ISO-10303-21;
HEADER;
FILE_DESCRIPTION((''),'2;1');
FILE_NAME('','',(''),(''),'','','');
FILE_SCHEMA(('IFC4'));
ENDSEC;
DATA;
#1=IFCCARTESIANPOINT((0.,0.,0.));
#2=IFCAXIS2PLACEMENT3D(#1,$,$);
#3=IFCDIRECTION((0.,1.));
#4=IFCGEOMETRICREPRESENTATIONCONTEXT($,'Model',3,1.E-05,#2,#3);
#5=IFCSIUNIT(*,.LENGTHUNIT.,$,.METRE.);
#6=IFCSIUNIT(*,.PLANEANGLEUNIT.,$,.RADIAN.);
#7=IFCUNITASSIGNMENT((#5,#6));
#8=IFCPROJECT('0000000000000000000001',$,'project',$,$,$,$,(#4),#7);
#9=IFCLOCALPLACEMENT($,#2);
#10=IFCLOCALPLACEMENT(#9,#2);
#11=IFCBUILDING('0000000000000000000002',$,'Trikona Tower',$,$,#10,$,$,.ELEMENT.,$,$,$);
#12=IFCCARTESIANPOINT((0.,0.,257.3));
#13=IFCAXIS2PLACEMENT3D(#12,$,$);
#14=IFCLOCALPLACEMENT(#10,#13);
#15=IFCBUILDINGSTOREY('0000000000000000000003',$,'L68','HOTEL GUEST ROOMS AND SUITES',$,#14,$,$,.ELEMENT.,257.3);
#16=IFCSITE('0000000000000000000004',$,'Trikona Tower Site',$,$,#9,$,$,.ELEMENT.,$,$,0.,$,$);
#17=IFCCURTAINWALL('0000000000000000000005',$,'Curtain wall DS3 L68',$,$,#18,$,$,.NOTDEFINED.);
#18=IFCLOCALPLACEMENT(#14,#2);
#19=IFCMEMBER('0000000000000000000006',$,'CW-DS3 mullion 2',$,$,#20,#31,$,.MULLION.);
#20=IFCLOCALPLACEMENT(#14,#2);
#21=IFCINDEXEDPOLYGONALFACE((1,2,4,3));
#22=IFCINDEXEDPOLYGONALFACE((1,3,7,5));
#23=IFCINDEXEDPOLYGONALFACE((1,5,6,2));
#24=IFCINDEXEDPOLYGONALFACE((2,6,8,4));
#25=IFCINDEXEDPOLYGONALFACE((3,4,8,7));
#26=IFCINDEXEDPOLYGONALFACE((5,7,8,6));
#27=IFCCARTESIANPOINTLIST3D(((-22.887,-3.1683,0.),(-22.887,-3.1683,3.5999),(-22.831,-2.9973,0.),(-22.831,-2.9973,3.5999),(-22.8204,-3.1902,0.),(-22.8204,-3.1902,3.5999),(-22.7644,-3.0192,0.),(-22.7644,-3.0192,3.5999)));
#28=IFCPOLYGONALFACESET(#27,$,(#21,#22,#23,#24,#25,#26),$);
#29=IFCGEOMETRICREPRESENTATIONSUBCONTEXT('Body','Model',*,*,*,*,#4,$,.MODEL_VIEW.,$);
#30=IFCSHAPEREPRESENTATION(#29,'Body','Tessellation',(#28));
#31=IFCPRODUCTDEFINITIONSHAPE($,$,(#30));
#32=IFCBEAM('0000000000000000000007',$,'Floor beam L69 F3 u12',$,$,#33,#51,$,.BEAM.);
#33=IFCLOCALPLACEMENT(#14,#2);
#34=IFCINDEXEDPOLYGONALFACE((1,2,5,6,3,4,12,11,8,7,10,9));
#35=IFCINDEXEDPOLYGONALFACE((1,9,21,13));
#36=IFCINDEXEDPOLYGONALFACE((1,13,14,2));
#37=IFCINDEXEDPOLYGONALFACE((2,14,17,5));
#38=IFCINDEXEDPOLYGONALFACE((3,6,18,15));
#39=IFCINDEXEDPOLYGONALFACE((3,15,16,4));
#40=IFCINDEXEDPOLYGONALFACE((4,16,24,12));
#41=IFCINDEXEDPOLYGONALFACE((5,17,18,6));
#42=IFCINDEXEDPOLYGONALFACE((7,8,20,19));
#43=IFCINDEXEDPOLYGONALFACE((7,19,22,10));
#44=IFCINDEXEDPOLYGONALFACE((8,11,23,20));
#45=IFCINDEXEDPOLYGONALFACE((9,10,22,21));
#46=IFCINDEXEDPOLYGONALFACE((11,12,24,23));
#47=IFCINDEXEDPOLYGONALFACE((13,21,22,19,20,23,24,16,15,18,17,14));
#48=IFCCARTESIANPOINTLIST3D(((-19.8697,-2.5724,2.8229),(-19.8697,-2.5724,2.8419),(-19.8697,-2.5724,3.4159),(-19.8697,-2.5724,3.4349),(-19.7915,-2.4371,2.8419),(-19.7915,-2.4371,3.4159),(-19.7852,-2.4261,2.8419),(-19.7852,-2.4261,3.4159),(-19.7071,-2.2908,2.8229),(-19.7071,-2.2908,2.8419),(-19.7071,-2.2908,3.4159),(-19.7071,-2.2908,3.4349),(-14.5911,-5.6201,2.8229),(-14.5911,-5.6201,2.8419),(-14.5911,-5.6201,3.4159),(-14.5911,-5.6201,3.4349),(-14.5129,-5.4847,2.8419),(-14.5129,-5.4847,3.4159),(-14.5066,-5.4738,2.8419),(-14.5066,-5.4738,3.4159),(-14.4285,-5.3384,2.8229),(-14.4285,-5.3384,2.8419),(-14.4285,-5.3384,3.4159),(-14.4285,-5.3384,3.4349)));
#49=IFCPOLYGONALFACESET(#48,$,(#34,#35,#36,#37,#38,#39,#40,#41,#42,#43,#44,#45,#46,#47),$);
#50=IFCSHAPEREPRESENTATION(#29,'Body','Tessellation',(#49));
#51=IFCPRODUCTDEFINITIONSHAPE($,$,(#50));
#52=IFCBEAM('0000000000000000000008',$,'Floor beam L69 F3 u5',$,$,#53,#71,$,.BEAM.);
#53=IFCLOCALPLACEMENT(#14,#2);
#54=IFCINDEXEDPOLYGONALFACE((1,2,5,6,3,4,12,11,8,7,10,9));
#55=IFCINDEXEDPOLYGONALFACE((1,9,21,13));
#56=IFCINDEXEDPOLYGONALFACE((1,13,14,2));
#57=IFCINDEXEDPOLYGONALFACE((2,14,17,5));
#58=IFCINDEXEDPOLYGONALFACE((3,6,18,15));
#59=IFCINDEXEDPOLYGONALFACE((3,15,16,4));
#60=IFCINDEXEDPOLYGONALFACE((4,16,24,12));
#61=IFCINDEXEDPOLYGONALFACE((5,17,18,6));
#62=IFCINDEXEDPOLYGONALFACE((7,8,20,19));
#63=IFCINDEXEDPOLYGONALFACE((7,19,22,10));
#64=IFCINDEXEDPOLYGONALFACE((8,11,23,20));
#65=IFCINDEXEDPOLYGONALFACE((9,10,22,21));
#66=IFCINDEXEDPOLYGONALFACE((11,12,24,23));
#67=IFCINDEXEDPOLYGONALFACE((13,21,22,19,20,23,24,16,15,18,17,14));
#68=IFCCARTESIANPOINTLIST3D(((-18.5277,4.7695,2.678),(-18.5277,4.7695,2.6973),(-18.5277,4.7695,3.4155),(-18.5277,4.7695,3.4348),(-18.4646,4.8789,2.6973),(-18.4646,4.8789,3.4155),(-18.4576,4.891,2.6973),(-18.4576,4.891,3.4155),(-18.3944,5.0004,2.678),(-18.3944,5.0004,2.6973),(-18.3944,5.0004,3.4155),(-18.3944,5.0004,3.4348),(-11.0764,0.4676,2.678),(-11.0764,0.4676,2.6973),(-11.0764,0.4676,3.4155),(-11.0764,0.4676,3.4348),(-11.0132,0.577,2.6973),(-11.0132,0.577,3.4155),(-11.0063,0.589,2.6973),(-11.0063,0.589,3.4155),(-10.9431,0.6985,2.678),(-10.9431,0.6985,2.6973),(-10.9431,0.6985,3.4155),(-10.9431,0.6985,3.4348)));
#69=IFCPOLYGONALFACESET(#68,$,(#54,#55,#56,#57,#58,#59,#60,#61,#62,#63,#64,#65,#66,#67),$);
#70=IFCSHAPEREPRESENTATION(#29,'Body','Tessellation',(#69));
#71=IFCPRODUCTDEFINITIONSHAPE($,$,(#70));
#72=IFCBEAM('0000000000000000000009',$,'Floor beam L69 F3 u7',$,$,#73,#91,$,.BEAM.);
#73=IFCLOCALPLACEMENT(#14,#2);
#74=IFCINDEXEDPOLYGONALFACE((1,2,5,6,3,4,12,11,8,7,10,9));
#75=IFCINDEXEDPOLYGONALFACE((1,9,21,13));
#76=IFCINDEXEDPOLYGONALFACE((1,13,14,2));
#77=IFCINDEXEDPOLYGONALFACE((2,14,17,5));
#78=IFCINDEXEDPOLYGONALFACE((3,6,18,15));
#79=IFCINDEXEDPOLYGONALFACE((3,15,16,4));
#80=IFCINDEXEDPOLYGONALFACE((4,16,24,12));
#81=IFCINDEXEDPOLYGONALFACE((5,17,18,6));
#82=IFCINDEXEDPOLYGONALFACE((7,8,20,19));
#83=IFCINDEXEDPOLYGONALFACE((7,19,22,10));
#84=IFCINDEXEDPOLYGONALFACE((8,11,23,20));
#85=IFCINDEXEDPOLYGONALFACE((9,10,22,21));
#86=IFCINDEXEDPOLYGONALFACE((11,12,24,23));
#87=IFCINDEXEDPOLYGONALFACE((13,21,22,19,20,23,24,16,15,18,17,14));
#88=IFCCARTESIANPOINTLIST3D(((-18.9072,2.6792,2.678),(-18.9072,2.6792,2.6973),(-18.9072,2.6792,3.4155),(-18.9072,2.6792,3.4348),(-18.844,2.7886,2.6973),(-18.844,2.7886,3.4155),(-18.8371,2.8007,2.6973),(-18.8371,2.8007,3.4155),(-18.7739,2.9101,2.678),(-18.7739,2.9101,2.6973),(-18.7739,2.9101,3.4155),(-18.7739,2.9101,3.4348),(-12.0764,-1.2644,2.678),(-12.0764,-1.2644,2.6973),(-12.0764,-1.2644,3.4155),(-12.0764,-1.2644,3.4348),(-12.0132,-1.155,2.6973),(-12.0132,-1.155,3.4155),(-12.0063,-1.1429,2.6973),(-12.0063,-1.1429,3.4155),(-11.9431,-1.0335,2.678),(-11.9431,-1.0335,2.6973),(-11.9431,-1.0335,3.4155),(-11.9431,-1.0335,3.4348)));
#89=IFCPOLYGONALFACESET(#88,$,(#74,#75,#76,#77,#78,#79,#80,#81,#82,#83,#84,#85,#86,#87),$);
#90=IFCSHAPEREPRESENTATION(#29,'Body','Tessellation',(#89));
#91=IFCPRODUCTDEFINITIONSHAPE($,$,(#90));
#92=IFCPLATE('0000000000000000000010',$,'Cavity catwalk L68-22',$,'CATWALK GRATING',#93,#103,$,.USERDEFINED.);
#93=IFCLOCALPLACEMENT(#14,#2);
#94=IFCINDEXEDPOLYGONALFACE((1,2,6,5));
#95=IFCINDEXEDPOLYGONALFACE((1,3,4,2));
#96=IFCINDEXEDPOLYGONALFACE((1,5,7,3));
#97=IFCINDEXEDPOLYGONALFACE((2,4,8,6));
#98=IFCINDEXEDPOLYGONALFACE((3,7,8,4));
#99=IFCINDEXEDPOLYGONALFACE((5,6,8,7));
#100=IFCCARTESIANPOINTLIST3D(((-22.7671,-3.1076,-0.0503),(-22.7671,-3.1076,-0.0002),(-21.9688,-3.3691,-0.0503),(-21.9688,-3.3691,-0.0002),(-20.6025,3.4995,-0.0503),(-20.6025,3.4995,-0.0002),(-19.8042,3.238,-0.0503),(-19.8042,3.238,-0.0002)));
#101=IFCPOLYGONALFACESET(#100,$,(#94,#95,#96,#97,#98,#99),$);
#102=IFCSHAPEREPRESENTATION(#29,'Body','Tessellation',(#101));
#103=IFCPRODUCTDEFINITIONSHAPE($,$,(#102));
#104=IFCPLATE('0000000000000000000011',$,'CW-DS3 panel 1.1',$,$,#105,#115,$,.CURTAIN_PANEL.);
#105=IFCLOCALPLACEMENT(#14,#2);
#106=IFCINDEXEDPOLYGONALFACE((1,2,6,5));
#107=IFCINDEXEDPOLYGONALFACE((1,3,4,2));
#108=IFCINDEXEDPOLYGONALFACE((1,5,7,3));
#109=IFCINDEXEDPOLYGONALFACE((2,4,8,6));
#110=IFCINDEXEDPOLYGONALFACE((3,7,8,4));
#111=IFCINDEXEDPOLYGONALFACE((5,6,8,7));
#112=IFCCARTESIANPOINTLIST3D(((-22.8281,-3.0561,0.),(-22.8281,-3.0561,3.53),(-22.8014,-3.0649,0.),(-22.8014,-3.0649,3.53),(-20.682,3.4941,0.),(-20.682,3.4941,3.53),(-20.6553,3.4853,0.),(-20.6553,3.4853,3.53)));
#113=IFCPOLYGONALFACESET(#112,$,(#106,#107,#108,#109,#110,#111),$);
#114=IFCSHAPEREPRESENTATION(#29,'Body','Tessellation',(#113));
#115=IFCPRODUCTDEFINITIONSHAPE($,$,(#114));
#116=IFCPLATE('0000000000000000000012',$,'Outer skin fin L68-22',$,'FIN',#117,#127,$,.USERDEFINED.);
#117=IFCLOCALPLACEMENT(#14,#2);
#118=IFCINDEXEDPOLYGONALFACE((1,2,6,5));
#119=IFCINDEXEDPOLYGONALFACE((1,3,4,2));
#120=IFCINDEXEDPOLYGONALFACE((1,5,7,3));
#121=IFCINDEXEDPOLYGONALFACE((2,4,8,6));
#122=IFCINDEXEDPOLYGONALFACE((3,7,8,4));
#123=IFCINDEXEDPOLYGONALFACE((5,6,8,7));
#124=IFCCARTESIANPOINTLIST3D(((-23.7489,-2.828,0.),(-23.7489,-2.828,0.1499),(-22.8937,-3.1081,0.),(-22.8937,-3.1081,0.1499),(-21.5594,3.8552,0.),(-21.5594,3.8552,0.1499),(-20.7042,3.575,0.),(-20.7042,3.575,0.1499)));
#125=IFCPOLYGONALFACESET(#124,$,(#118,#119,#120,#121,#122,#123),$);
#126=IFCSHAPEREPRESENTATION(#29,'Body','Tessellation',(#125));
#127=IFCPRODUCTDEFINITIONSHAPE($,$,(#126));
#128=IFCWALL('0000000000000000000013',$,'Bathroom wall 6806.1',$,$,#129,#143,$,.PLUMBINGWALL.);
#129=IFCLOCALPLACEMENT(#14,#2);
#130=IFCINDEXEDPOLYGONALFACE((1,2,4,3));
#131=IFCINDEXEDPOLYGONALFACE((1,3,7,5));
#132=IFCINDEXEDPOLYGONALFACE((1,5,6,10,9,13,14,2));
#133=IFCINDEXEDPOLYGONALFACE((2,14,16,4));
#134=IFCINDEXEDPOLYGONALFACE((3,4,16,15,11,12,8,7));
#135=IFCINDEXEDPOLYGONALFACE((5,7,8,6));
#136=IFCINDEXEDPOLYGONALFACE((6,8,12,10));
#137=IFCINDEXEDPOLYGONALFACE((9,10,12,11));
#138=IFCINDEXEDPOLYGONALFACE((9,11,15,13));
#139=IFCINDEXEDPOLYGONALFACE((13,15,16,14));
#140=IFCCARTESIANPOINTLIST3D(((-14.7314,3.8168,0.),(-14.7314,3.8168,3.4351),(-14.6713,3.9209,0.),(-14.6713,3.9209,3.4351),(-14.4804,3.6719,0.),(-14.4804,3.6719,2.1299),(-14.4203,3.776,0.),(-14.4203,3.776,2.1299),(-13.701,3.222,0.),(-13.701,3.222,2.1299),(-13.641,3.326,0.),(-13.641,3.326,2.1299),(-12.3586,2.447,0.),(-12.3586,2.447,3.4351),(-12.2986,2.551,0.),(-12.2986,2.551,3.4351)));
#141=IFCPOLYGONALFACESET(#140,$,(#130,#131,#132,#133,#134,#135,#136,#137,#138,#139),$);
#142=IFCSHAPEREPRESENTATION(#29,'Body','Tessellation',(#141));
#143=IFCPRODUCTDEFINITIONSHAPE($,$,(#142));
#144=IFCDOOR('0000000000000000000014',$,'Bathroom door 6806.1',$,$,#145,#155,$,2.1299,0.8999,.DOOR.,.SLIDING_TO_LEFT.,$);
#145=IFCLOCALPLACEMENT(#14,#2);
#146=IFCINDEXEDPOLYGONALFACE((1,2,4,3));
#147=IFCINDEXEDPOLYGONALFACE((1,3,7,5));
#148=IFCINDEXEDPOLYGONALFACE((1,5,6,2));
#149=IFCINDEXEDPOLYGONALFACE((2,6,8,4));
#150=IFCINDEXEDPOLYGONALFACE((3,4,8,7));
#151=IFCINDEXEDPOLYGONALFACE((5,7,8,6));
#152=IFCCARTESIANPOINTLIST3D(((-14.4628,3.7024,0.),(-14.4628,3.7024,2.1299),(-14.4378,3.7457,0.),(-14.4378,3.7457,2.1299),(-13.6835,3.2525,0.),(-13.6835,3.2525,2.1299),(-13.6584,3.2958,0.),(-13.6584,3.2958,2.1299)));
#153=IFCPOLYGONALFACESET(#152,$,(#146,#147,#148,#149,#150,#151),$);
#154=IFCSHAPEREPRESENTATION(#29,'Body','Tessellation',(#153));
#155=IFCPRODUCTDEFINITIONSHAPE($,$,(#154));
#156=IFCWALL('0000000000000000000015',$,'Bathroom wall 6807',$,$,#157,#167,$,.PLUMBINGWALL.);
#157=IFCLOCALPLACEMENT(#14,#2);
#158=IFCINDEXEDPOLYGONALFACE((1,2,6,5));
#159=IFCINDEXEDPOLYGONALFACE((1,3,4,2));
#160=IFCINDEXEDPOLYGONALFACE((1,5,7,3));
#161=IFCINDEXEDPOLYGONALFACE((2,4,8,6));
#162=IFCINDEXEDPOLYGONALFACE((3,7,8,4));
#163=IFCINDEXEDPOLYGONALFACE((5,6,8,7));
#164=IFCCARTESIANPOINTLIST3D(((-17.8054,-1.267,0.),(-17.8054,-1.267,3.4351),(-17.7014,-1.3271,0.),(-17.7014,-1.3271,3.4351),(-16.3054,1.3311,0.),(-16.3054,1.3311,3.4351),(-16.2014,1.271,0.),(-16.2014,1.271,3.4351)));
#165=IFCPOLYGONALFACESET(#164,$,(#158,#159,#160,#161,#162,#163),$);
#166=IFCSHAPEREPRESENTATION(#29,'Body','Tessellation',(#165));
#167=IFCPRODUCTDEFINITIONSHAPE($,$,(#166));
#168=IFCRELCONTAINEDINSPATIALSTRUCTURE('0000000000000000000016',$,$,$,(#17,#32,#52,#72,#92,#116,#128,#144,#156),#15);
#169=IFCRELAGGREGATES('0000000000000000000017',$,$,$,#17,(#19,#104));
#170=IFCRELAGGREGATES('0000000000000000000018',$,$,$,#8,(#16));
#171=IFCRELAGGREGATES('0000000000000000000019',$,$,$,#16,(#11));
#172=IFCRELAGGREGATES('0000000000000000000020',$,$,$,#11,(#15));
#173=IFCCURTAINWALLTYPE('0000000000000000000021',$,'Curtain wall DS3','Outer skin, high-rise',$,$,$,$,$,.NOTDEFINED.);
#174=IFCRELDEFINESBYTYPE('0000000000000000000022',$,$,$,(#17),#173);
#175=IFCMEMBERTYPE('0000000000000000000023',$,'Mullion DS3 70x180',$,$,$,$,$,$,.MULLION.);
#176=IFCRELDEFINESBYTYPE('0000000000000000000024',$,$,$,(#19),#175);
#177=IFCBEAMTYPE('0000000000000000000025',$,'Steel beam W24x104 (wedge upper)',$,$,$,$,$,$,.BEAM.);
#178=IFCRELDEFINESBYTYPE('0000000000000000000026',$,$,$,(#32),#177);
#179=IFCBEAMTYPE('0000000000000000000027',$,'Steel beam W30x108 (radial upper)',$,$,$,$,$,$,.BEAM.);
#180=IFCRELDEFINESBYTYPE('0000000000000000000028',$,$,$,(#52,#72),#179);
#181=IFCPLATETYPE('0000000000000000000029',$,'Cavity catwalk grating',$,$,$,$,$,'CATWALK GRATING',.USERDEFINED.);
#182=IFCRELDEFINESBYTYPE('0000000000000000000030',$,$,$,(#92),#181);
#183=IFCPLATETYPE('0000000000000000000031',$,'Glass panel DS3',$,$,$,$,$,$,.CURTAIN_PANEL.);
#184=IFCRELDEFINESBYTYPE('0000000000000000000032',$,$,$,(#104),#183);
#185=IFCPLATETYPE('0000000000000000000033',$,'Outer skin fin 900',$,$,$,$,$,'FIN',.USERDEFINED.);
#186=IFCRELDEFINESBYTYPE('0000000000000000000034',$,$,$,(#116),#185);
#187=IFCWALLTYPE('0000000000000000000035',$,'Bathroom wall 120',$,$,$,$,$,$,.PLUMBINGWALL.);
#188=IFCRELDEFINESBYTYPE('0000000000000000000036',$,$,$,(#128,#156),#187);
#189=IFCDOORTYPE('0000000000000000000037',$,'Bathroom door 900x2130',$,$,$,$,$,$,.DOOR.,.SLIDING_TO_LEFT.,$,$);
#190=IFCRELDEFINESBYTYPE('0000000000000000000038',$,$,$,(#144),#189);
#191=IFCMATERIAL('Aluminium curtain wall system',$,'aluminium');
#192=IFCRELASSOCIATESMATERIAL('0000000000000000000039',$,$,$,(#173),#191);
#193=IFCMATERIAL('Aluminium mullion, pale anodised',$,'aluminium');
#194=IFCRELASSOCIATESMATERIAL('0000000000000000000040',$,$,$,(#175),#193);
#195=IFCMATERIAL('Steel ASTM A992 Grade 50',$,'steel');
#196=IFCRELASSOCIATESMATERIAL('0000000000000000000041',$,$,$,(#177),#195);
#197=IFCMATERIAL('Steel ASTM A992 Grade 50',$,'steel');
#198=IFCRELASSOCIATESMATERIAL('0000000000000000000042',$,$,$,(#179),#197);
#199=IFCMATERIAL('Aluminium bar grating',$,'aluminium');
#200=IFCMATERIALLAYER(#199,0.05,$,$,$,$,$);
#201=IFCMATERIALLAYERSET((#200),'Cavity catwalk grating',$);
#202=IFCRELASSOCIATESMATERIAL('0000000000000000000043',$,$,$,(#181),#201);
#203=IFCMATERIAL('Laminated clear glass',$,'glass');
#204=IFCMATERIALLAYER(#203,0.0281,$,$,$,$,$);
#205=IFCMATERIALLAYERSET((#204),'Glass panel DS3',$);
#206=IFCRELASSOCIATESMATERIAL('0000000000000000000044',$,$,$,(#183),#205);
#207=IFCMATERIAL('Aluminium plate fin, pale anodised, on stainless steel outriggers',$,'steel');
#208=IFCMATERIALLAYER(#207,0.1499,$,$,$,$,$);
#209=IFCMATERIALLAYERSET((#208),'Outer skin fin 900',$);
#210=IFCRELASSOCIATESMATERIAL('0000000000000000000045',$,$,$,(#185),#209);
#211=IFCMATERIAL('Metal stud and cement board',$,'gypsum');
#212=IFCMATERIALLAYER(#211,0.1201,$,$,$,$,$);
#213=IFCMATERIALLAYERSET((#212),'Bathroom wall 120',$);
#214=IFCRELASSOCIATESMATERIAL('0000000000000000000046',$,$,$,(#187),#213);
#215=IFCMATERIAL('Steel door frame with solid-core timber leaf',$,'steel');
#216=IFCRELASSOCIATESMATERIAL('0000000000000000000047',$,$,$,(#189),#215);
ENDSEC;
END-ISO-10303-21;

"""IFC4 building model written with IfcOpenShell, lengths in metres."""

from ifc_helpers import new_model, si_unit, direction, frame, frame_2d, origin, origin_2d, place, context, subcontext, project, spatial, rectangle, i_section, extrude, material, layer, layer_set, material_profile, profile_set, type_object, element, fill, aggregate, save


model = new_model("IFC4")

# Units and contexts
model_context = context("Model", 3, precision=1e-05, world=origin(), true_north=direction((0.0, 1.0)))
body_context = subcontext(model_context, "Body", "Model", "MODEL_VIEW")
ifc_project = project(units=[si_unit("LENGTHUNIT", "METRE"), si_unit("PLANEANGLEUNIT", "RADIAN")], contexts=[model_context])

# Site, building, storey
site_placement = place(None, origin())
site = spatial("IfcSite", under=ifc_project, at=site_placement, Name="Trikona Tower Site", CompositionType="ELEMENT", RefElevation=0.0)
building_placement = place(site_placement, origin())
building = spatial("IfcBuilding", under=site, at=building_placement, Name="Trikona Tower", CompositionType="ELEMENT")
storey_placement = place(building_placement, frame((0.0, 0.0, 257.3)))
storey = spatial("IfcBuildingStorey", under=building, at=storey_placement, Name="L68", Description="HOTEL GUEST ROOMS AND SUITES", CompositionType="ELEMENT", Elevation=257.3)

# Curtain wall, member
ifc_material_1 = material(Name="Aluminium curtain wall system", Category="aluminium")
curtain_wall_type = type_object("IfcCurtainWallType", Name="Curtain wall DS3", Description="Outer skin, high-rise", PredefinedType="NOTDEFINED", material=ifc_material_1)
curtain_wall_placement = place(storey_placement, origin())
curtain_wall = element("IfcCurtainWall", 1, at=curtain_wall_placement, inside=storey, type_object=curtain_wall_type, Name="Curtain wall DS3 L68", PredefinedType="NOTDEFINED")
ifc_material_2 = material(Name="Aluminium mullion, pale anodised", Category="aluminium")
ifc_material_profile_1 = material_profile(ifc_material_2, rectangle(XDim=0.0701, YDim=0.1799, at=origin_2d()), Name="MUL-DS3")
ifc_profile_set_1 = profile_set([ifc_material_profile_1], Name="Aluminium mullion, pale anodised")
member_type = type_object("IfcMemberType", Name="Mullion DS3 70x180", PredefinedType="MULLION", material=ifc_profile_set_1)
member_placement = place(storey_placement, frame((-22.8257, -3.0938, 0.0), z_axis=(0.0, 0.0, 1.0), x_axis=(0.950297, -0.311344, 0.0)))
member = element("IfcMember", 2, at=member_placement, type_object=member_type, Name="CW-DS3 mullion 2", PredefinedType="MULLION", context=body_context, shape_type="SweptSolid", body=[
    extrude(rectangle(XDim=0.0701, YDim=0.1799, at=origin_2d()), origin(), (0.0, 0.0, 1.0), 3.5999),
])

# Beams
ifc_material_3 = material(Name="Steel ASTM A992 Grade 50", Category="steel")
ifc_material_profile_2 = material_profile(ifc_material_3, i_section(OverallWidth=0.3252, OverallDepth=0.6121, WebThickness=0.0127, FlangeThickness=0.019, at=origin_2d()), Name="W24X104")
ifc_profile_set_2 = profile_set([ifc_material_profile_2], Name="Steel ASTM A992 Grade 50")
beam_type_1 = type_object("IfcBeamType", Name="Steel beam W24x104 (wedge upper)", PredefinedType="BEAM", material=ifc_profile_set_2)
beam_1_placement = place(storey_placement, frame((-14.5098, -5.4792, 3.1289), z_axis=(-0.866023, 0.500003, 0.0), x_axis=(-0.500003, -0.866023, 0.0)))
element("IfcBeam", 3, at=beam_1_placement, inside=storey, type_object=beam_type_1, Name="Floor beam L69 F3 u12", PredefinedType="BEAM", context=body_context, shape_type="SweptSolid", body=[
    extrude(i_section(OverallWidth=0.3252, OverallDepth=0.6121, WebThickness=0.0127, FlangeThickness=0.019, at=origin_2d()), origin(), (0.0, 0.0, 1.0), 6.0952),
])
ifc_material_4 = material(Name="Steel ASTM A992 Grade 50", Category="steel")
ifc_material_profile_3 = material_profile(ifc_material_4, i_section(OverallWidth=0.2666, OverallDepth=0.7568, WebThickness=0.0139, FlangeThickness=0.0193, at=origin_2d()), Name="W30X108")
ifc_profile_set_3 = profile_set([ifc_material_profile_3], Name="Steel ASTM A992 Grade 50")
beam_type_2 = type_object("IfcBeamType", Name="Steel beam W30x108 (radial upper)", PredefinedType="BEAM", material=ifc_profile_set_3)
beam_2_placement = place(storey_placement, frame((-11.0098, 0.583, 3.0564), z_axis=(-0.866029, 0.499993, 0.0), x_axis=(-0.499993, -0.866029, 0.0)))
element("IfcBeam", 4, at=beam_2_placement, inside=storey, type_object=beam_type_2, Name="Floor beam L69 F3 u5", PredefinedType="BEAM", context=body_context, shape_type="SweptSolid", body=[
    extrude(i_section(OverallWidth=0.2666, OverallDepth=0.7568, WebThickness=0.0139, FlangeThickness=0.0193, at=origin_2d()), origin(), (0.0, 0.0, 1.0), 8.604),
])
beam_3_placement = place(storey_placement, frame((-12.0098, -1.1489, 3.0564), z_axis=(-0.866035, 0.499984, 0.0), x_axis=(-0.499984, -0.866035, 0.0)))
element("IfcBeam", 5, at=beam_3_placement, inside=storey, type_object=beam_type_2, Name="Floor beam L69 F3 u7", PredefinedType="BEAM", context=body_context, shape_type="SweptSolid", body=[
    extrude(i_section(OverallWidth=0.2666, OverallDepth=0.7568, WebThickness=0.0139, FlangeThickness=0.0193, at=origin_2d()), origin(), (0.0, 0.0, 1.0), 7.8875),
])

# Plates
ifc_material_5 = material(Name="Aluminium bar grating", Category="aluminium")
ifc_layer_1 = layer(ifc_material_5, 0.05)
ifc_layer_set_1 = layer_set([ifc_layer_1], Name="Cavity catwalk grating")
plate_type_1 = type_object("IfcPlateType", Name="Cavity catwalk grating", ElementType="CATWALK GRATING", PredefinedType="USERDEFINED", material=ifc_layer_set_1)
plate_1_placement = place(storey_placement, frame((-21.2856, 0.0652, -0.0503), z_axis=(0.0, 0.0, 1.0), x_axis=(-0.311337, -0.9503, 0.0)))
element("IfcPlate", 6, at=plate_1_placement, inside=storey, type_object=plate_type_1, Name="Cavity catwalk L68-22", ObjectType="CATWALK GRATING", PredefinedType="USERDEFINED", context=body_context, shape_type="SweptSolid", body=[
    extrude(rectangle(XDim=6.9526, YDim=0.8401, at=origin_2d()), origin(), (0.0, 0.0, 1.0), 0.05),
])
ifc_material_6 = material(Name="Laminated clear glass", Category="glass")
ifc_layer_2 = layer(ifc_material_6, 0.0281)
ifc_layer_set_2 = layer_set([ifc_layer_2], Name="Glass panel DS3")
plate_type_2 = type_object("IfcPlateType", Name="Glass panel DS3", PredefinedType="CURTAIN_PANEL", material=ifc_layer_set_2)
plate_2_placement = place(storey_placement, frame((-21.7417, 0.2146, 0.0), z_axis=(0.0, 0.0, 1.0), x_axis=(-0.311344, -0.950297, 0.0)))
plate_2 = element("IfcPlate", 7, at=plate_2_placement, type_object=plate_type_2, Name="CW-DS3 panel 1.1", PredefinedType="CURTAIN_PANEL", context=body_context, shape_type="SweptSolid", body=[
    extrude(rectangle(XDim=6.8928, YDim=0.0281, at=origin_2d()), origin(), (0.0, 0.0, 1.0), 3.53),
])
aggregate(curtain_wall, [member, plate_2])
ifc_material_7 = material(Name="Aluminium plate fin, pale anodised, on stainless steel outriggers", Category="steel")
ifc_layer_3 = layer(ifc_material_7, 0.1499)
ifc_layer_set_3 = layer_set([ifc_layer_3], Name="Outer skin fin 900")
plate_type_3 = type_object("IfcPlateType", Name="Outer skin fin 900", ElementType="FIN", PredefinedType="USERDEFINED", material=ifc_layer_set_3)
plate_3_placement = place(storey_placement, frame((-22.2266, 0.3735, 0.0), z_axis=(0.0, 0.0, 1.0), x_axis=(-0.311337, -0.9503, 0.0)))
element("IfcPlate", 8, at=plate_3_placement, inside=storey, type_object=plate_type_3, Name="Outer skin fin L68-22", ObjectType="FIN", PredefinedType="USERDEFINED", context=body_context, shape_type="SweptSolid", body=[
    extrude(rectangle(XDim=7.0327, YDim=0.8999, at=origin_2d()), origin(), (0.0, 0.0, 1.0), 0.1499),
])

# Wall, opening, door
ifc_material_8 = material(Name="Metal stud and cement board", Category="gypsum")
ifc_layer_4 = layer(ifc_material_8, 0.1201)
ifc_layer_set_4 = layer_set([ifc_layer_4], Name="Bathroom wall 120")
wall_type_1 = type_object("IfcWallType", Name="Bathroom wall 120", PredefinedType="PLUMBINGWALL", material=ifc_layer_set_4)
wall_1_placement = place(storey_placement, frame((-12.3286, 2.499, 0.0), z_axis=(0.0, 0.0, 1.0), x_axis=(-0.866036, 0.499982, 0.0)))
wall_1 = element("IfcWall", 9, at=wall_1_placement, inside=storey, type_object=wall_type_1, Name="Bathroom wall 6806.1", PredefinedType="PLUMBINGWALL", context=body_context, shape_type="SweptSolid", body=[
    extrude(rectangle(XDim=2.7397, YDim=0.1201, at=frame_2d((1.3699, 0.0))), origin(), (0.0, 0.0, 1.0), 3.4351),
])
opening_1_placement = place(wall_1_placement, frame((1.55, 0.0, 0.0)))
opening_1 = element("IfcOpeningElement", 10, at=opening_1_placement, cuts=wall_1, PredefinedType="OPENING", context=body_context, shape_type="SweptSolid", body=[
    extrude(rectangle(XDim=0.8999, YDim=2.1299, at=frame_2d((0.45, 1.0649))), frame((0.0, 0.0701, 0.0), z_axis=(0.0, -1.0, 0.0), x_axis=(1.0, 0.0, 0.0)), (0.0, 0.0, 1.0), 0.1401),
])
ifc_material_9 = material(Name="Steel door frame with solid-core timber leaf", Category="steel")
door_type_1 = type_object("IfcDoorType", Name="Bathroom door 900x2130", OperationType="SLIDING_TO_LEFT", PredefinedType="DOOR", material=ifc_material_9)
door_1_placement = place(opening_1_placement, origin())
door_1 = element("IfcDoor", 11, at=door_1_placement, inside=storey, type_object=door_type_1, Name="Bathroom door 6806.1", OperationType="SLIDING_TO_LEFT", OverallHeight=2.1299, OverallWidth=0.8999, PredefinedType="DOOR", context=body_context, shape_type="SweptSolid", body=[
    extrude(rectangle(XDim=0.8999, YDim=2.1299, at=frame_2d((0.45, 1.0649))), frame((0.0, 0.0249, 0.0), z_axis=(0.0, -1.0, 0.0), x_axis=(1.0, 0.0, 0.0)), (0.0, 0.0, 1.0), 0.05),
])
fill(opening_1, door_1)

# Wall
wall_2_placement = place(storey_placement, frame((-16.2534, 1.301, 0.0), z_axis=(0.0, 0.0, 1.0), x_axis=(-0.49999, -0.866031, 0.0)))
element("IfcWall", 12, at=wall_2_placement, inside=storey, type_object=wall_type_1, Name="Bathroom wall 6807", PredefinedType="PLUMBINGWALL", context=body_context, shape_type="SweptSolid", body=[
    extrude(rectangle(XDim=3.0, YDim=0.1201, at=frame_2d((1.5, 0.0))), origin(), (0.0, 0.0, 1.0), 3.4351),
])

save(model, "model.ifc")
